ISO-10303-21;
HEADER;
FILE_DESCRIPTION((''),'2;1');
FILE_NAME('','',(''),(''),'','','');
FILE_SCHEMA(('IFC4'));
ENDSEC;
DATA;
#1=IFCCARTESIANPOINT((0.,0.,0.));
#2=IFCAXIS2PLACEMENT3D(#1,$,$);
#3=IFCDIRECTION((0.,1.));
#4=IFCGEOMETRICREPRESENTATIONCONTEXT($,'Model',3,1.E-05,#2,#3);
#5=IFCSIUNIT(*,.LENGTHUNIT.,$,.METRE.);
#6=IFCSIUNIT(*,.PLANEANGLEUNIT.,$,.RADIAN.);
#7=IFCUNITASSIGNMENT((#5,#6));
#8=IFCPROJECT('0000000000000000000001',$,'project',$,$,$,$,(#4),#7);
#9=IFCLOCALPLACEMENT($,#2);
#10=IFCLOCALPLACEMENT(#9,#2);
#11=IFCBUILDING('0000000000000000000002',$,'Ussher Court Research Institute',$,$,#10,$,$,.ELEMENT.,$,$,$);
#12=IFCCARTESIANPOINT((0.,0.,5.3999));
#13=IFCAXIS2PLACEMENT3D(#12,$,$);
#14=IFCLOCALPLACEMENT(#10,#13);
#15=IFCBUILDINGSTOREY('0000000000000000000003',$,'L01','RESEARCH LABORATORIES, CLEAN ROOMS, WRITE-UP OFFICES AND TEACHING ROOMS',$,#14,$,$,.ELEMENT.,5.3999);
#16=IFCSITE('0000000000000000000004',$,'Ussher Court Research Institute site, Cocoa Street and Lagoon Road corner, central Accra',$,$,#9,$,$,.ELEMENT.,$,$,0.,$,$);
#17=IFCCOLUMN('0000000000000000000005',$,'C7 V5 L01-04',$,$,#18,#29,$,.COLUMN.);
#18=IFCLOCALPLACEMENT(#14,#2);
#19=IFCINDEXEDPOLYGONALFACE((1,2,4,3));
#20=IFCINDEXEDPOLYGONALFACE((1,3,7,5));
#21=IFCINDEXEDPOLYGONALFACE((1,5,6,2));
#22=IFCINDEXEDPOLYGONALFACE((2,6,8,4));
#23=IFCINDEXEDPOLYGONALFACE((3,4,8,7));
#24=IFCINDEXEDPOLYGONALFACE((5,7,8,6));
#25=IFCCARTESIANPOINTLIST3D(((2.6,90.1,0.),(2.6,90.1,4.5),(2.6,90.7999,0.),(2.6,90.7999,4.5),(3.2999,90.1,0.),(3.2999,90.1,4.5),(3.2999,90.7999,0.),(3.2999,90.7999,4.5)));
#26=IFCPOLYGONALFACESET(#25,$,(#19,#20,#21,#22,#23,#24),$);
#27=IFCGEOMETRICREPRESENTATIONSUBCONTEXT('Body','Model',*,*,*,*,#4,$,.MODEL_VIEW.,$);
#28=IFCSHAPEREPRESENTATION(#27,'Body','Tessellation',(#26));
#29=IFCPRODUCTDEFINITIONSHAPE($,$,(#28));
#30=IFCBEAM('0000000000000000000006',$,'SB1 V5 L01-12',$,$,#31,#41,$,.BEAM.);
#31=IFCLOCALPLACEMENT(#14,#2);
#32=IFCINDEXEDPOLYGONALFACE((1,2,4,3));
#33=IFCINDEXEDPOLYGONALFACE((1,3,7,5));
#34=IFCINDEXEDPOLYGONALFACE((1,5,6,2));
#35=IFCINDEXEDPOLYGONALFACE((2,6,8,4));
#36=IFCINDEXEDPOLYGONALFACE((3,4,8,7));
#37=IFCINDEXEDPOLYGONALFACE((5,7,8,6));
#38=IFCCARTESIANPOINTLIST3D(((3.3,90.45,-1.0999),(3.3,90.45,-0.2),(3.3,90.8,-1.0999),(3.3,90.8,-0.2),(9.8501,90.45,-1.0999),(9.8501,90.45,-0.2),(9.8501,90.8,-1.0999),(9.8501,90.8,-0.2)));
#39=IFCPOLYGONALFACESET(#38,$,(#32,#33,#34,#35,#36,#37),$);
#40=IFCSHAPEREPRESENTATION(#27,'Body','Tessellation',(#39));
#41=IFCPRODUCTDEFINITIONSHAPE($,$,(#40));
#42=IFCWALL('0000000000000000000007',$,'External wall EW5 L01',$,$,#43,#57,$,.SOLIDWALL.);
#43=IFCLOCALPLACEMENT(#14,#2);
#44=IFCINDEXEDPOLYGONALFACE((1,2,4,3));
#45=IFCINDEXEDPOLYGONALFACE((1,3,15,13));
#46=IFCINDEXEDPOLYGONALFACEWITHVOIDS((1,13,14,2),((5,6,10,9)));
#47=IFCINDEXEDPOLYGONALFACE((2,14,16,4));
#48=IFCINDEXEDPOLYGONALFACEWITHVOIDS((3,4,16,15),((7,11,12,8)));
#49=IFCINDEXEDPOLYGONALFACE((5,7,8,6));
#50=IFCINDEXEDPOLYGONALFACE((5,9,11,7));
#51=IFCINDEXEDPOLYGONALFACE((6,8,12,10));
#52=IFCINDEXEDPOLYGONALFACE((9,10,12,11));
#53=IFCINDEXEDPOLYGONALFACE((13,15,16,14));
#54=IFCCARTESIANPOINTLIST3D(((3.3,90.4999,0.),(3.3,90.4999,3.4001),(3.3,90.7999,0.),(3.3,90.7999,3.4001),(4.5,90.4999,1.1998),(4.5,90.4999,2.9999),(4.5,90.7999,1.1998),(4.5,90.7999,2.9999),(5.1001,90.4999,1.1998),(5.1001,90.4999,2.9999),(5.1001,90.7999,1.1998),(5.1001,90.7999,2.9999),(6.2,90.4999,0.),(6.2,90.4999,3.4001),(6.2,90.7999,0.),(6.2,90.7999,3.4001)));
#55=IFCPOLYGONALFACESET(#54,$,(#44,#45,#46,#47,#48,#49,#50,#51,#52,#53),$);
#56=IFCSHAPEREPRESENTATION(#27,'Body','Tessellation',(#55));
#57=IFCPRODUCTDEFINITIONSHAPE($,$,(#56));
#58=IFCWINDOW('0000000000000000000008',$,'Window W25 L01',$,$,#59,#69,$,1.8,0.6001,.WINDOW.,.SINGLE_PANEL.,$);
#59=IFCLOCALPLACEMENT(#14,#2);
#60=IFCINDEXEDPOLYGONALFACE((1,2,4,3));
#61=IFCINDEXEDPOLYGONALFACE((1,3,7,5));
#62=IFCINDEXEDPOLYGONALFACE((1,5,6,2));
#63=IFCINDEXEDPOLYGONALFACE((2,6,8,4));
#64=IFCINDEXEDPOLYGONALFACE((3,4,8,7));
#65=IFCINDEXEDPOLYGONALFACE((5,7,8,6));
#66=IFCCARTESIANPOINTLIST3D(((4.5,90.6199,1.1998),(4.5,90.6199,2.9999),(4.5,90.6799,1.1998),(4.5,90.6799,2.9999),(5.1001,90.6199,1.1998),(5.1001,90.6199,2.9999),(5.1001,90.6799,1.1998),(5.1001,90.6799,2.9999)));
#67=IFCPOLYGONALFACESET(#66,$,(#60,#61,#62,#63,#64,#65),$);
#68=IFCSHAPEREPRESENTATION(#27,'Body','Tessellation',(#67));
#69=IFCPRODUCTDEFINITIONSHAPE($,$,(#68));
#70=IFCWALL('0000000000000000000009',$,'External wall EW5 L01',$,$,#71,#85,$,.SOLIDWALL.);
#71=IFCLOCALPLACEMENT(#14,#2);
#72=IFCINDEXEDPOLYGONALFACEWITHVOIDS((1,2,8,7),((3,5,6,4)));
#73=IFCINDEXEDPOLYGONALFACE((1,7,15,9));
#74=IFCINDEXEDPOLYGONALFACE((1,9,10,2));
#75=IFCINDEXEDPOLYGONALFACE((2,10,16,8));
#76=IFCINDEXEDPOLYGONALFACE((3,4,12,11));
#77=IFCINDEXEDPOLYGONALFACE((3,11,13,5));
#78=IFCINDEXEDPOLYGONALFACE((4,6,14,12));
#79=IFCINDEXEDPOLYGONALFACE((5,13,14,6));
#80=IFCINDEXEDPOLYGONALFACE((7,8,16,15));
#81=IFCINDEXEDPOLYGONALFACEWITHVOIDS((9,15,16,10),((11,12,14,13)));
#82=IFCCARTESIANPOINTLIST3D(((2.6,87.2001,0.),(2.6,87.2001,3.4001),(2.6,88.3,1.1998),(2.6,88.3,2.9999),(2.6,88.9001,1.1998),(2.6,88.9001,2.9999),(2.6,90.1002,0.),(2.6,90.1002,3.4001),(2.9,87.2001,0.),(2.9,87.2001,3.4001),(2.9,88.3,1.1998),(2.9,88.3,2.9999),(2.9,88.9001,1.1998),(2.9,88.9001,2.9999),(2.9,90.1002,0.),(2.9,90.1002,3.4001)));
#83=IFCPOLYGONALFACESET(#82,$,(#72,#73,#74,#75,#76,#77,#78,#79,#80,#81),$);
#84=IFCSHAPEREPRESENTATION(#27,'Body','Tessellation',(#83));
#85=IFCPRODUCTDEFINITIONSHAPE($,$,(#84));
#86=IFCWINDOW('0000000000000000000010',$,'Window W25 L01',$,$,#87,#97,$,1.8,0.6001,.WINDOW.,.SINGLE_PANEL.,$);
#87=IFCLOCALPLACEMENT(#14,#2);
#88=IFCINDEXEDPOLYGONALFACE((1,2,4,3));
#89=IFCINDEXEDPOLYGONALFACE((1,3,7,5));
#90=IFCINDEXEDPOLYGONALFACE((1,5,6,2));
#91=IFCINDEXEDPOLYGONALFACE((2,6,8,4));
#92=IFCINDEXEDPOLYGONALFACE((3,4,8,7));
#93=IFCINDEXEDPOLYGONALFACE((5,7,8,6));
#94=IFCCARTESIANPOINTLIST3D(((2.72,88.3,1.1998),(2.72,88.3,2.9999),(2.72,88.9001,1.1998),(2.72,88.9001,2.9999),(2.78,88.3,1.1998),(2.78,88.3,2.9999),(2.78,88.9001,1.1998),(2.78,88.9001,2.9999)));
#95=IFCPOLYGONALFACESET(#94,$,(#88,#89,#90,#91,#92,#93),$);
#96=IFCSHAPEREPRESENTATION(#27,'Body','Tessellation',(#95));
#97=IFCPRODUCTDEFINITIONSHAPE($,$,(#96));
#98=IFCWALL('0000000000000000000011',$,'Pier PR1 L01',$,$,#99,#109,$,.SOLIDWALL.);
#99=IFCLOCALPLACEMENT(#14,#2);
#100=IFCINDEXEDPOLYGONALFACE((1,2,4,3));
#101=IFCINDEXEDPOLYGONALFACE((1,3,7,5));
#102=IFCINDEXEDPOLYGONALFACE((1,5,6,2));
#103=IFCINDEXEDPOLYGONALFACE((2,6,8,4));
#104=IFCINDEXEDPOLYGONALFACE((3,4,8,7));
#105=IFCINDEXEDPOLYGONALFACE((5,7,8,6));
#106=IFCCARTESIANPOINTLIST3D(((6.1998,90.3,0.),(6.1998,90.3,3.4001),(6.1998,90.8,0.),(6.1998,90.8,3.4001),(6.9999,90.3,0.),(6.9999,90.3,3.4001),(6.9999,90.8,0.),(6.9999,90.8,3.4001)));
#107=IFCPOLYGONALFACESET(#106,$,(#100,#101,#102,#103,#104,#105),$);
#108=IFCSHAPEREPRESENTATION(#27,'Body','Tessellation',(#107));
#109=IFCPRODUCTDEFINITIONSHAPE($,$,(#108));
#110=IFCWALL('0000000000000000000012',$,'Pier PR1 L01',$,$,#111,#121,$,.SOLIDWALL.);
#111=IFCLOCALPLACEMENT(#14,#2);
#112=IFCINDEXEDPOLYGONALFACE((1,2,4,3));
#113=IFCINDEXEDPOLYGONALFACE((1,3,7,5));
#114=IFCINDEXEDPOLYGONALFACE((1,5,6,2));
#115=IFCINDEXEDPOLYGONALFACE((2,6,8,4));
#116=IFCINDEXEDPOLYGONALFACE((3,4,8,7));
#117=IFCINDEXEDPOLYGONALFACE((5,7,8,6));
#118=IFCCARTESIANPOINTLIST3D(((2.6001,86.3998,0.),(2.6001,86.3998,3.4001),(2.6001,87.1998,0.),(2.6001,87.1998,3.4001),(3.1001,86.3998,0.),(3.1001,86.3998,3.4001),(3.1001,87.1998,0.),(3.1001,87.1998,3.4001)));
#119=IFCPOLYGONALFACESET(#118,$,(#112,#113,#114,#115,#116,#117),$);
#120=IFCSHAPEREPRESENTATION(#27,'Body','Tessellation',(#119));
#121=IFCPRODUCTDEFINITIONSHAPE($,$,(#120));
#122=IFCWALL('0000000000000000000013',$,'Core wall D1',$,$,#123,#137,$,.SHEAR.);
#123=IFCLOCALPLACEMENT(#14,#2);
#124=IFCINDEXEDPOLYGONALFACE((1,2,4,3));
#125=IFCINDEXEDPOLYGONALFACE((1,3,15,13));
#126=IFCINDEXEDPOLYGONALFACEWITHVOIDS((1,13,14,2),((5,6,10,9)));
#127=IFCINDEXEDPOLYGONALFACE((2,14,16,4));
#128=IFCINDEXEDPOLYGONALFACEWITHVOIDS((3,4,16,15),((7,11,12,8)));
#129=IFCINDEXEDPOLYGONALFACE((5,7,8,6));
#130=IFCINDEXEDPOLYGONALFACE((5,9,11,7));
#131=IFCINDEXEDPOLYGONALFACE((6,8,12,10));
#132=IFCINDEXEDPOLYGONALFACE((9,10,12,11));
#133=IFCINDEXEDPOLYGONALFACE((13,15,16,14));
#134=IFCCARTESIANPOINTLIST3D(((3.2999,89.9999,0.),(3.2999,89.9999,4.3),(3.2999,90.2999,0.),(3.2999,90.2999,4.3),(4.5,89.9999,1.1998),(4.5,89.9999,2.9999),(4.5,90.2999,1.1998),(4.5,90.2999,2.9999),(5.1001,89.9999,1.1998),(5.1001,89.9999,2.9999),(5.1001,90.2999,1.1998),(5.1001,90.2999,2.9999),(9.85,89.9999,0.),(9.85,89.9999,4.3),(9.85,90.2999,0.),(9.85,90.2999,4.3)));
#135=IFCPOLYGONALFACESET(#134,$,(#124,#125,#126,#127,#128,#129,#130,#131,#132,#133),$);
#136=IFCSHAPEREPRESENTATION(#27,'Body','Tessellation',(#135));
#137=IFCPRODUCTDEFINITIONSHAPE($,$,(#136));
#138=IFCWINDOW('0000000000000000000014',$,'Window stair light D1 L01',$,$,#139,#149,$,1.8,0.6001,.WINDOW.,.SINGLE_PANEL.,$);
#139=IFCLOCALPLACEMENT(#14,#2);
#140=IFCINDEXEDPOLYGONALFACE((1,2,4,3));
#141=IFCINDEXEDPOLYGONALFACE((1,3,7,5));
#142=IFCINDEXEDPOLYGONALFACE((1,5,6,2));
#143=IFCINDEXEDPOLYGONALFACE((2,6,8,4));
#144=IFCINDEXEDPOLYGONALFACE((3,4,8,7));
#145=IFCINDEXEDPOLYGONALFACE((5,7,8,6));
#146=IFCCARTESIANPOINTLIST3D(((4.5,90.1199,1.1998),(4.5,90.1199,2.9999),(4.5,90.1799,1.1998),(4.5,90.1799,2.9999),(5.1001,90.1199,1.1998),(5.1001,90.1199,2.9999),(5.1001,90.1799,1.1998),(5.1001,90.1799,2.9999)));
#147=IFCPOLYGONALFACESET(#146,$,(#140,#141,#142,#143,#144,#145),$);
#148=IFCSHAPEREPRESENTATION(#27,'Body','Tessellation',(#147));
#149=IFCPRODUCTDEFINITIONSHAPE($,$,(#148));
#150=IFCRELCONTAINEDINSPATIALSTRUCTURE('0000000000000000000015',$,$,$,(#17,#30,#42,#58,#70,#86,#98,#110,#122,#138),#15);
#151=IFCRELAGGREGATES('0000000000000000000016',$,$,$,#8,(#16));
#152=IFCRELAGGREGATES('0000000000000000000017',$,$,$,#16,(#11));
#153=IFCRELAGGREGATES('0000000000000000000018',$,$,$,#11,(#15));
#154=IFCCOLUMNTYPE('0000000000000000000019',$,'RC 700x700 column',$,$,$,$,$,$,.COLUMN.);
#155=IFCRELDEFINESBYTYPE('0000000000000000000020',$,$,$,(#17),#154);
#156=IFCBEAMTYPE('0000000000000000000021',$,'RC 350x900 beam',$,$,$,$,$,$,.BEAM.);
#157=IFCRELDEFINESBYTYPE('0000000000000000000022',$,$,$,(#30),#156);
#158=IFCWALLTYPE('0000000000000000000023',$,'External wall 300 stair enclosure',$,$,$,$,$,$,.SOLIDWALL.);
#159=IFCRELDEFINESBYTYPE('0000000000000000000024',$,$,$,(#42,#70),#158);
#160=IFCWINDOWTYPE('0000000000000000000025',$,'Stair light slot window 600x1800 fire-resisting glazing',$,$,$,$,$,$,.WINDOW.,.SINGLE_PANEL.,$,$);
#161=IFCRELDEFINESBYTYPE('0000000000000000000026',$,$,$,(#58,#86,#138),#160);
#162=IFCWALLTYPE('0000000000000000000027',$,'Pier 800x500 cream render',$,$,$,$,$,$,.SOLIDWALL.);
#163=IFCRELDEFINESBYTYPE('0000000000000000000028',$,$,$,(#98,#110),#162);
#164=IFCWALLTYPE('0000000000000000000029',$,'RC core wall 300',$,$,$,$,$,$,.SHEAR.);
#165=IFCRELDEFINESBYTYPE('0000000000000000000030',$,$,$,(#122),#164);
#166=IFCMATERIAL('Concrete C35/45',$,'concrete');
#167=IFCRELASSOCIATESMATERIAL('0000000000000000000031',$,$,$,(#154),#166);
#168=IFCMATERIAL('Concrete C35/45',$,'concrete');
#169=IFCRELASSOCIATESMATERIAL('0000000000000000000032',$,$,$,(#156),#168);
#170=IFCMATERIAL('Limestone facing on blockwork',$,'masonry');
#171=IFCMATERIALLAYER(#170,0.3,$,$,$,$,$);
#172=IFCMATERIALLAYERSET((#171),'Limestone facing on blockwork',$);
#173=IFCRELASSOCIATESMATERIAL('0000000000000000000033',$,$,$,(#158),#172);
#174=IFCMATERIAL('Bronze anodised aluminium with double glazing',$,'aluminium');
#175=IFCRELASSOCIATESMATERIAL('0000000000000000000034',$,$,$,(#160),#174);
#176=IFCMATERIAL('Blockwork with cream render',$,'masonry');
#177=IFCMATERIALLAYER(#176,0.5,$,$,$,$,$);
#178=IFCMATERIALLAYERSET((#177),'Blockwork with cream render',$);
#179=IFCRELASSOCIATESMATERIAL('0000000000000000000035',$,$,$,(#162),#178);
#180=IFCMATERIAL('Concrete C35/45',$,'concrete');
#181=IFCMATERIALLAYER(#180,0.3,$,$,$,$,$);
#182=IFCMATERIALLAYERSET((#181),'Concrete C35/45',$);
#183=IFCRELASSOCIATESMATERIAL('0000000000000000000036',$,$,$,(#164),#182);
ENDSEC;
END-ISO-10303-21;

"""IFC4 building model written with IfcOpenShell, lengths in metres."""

from ifc_helpers import new_model, si_unit, direction, frame, frame_2d, origin, origin_2d, place, context, subcontext, project, spatial, rectangle, extrude, material, layer, layer_set, material_profile, profile_set, type_object, element, fill, save


model = new_model("IFC4")

# Units and contexts
model_context = context("Model", 3, precision=1e-05, world=origin(), true_north=direction((0.0, 1.0)))
body_context = subcontext(model_context, "Body", "Model", "MODEL_VIEW")
ifc_project = project(units=[si_unit("LENGTHUNIT", "METRE"), si_unit("PLANEANGLEUNIT", "RADIAN")], contexts=[model_context])

# Site, building, storey
site_placement = place(None, origin())
site = spatial("IfcSite", under=ifc_project, at=site_placement, Name="Ussher Court Research Institute site, Cocoa Street and Lagoon Road corner, central Accra", CompositionType="ELEMENT", RefElevation=0.0)
building_placement = place(site_placement, origin())
building = spatial("IfcBuilding", under=site, at=building_placement, Name="Ussher Court Research Institute", CompositionType="ELEMENT")
storey_placement = place(building_placement, frame((0.0, 0.0, 5.3999)))
storey = spatial("IfcBuildingStorey", under=building, at=storey_placement, Name="L01", Description="RESEARCH LABORATORIES, CLEAN ROOMS, WRITE-UP OFFICES AND TEACHING ROOMS", CompositionType="ELEMENT", Elevation=5.3999)

# Column
ifc_material_1 = material(Name="Concrete C35/45", Category="concrete")
ifc_material_profile_1 = material_profile(ifc_material_1, rectangle(XDim=0.7, YDim=0.7, at=origin_2d()), Name="RC 700x700")
ifc_profile_set_1 = profile_set([ifc_material_profile_1], Name="Concrete C35/45")
column_type = type_object("IfcColumnType", Name="RC 700x700 column", PredefinedType="COLUMN", material=ifc_profile_set_1)
column_placement = place(storey_placement, frame((2.95, 90.45, 0.0), z_axis=(0.0, 0.0, 1.0), x_axis=(1.0, 0.0, 0.0)))
element("IfcColumn", 1, at=column_placement, inside=storey, type_object=column_type, Name="C7 V5 L01-04", PredefinedType="COLUMN", context=body_context, shape_type="SweptSolid", body=[
    extrude(rectangle(XDim=0.7, YDim=0.7, at=origin_2d()), origin(), (0.0, 0.0, 1.0), 4.5),
])

# Beam
ifc_material_2 = material(Name="Concrete C35/45", Category="concrete")
ifc_material_profile_2 = material_profile(ifc_material_2, rectangle(XDim=0.3501, YDim=0.8999, at=origin_2d()), Name="RC 350x900")
ifc_profile_set_2 = profile_set([ifc_material_profile_2], Name="Concrete C35/45")
beam_type = type_object("IfcBeamType", Name="RC 350x900 beam", PredefinedType="BEAM", material=ifc_profile_set_2)
beam_placement = place(storey_placement, frame((3.3, 90.625, -0.6499), z_axis=(1.0, 0.0, 0.0), x_axis=(0.0, 1.0, 0.0)))
element("IfcBeam", 2, at=beam_placement, inside=storey, type_object=beam_type, Name="SB1 V5 L01-12", PredefinedType="BEAM", context=body_context, shape_type="SweptSolid", body=[
    extrude(rectangle(XDim=0.3501, YDim=0.8999, at=origin_2d()), origin(), (0.0, 0.0, 1.0), 6.55),
])

# Walls, openings, windows
ifc_material_3 = material(Name="Limestone facing on blockwork", Category="masonry")
ifc_layer_1 = layer(ifc_material_3, 0.3)
ifc_layer_set_1 = layer_set([ifc_layer_1], Name="Limestone facing on blockwork")
wall_type_1 = type_object("IfcWallType", Name="External wall 300 stair enclosure", PredefinedType="SOLIDWALL", material=ifc_layer_set_1)
wall_1_placement = place(storey_placement, frame((3.3, 90.6499, 0.0), z_axis=(0.0, 0.0, 1.0), x_axis=(1.0, 0.0, 0.0)))
wall_1 = element("IfcWall", 3, at=wall_1_placement, inside=storey, type_object=wall_type_1, Name="External wall EW5 L01", PredefinedType="SOLIDWALL", context=body_context, shape_type="SweptSolid", body=[
    extrude(rectangle(XDim=2.8999, YDim=0.3, at=frame_2d((1.45, 0.0))), origin(), (0.0, 0.0, 1.0), 3.4001),
])
opening_1_placement = place(wall_1_placement, frame((1.2, 0.0, 1.2)))
opening_1 = element("IfcOpeningElement", 4, at=opening_1_placement, cuts=wall_1, PredefinedType="OPENING", context=body_context, shape_type="SweptSolid", body=[
    extrude(rectangle(XDim=0.6001, YDim=1.8, at=frame_2d((0.3, 0.8999))), frame((0.0, 0.1602, 0.0), z_axis=(0.0, -1.0, 0.0), x_axis=(1.0, 0.0, 0.0)), (0.0, 0.0, 1.0), 0.3201),
])
ifc_material_4 = material(Name="Bronze anodised aluminium with double glazing", Category="aluminium")
window_type = type_object("IfcWindowType", Name="Stair light slot window 600x1800 fire-resisting glazing", PartitioningType="SINGLE_PANEL", PredefinedType="WINDOW", material=ifc_material_4)
window_1_placement = place(opening_1_placement, origin())
window_1 = element("IfcWindow", 5, at=window_1_placement, inside=storey, type_object=window_type, Name="Window W25 L01", OverallHeight=1.8, OverallWidth=0.6001, PartitioningType="SINGLE_PANEL", PredefinedType="WINDOW", context=body_context, shape_type="SweptSolid", body=[
    extrude(rectangle(XDim=0.6001, YDim=1.8, at=frame_2d((0.3, 0.8999))), frame((0.0, 0.03, 0.0), z_axis=(0.0, -1.0, 0.0), x_axis=(1.0, 0.0, 0.0)), (0.0, 0.0, 1.0), 0.0601),
])
fill(opening_1, window_1)
wall_2_placement = place(storey_placement, frame((2.75, 87.2, 0.0), z_axis=(0.0, 0.0, 1.0), x_axis=(0.0, 1.0, 0.0)))
wall_2 = element("IfcWall", 6, at=wall_2_placement, inside=storey, type_object=wall_type_1, Name="External wall EW5 L01", PredefinedType="SOLIDWALL", context=body_context, shape_type="SweptSolid", body=[
    extrude(rectangle(XDim=2.9001, YDim=0.3, at=frame_2d((1.4502, 0.0))), origin(), (0.0, 0.0, 1.0), 3.4001),
])
opening_2_placement = place(wall_2_placement, frame((1.1001, 0.0, 1.2)))
opening_2 = element("IfcOpeningElement", 7, at=opening_2_placement, cuts=wall_2, PredefinedType="OPENING", context=body_context, shape_type="SweptSolid", body=[
    extrude(rectangle(XDim=0.6001, YDim=1.8, at=frame_2d((0.3, 0.8999))), frame((0.0, 0.1602, 0.0), z_axis=(0.0, -1.0, 0.0), x_axis=(1.0, 0.0, 0.0)), (0.0, 0.0, 1.0), 0.3201),
])
window_2_placement = place(opening_2_placement, origin())
window_2 = element("IfcWindow", 8, at=window_2_placement, inside=storey, type_object=window_type, Name="Window W25 L01", OverallHeight=1.8, OverallWidth=0.6001, PartitioningType="SINGLE_PANEL", PredefinedType="WINDOW", context=body_context, shape_type="SweptSolid", body=[
    extrude(rectangle(XDim=0.6001, YDim=1.8, at=frame_2d((0.3, 0.8999))), frame((0.0, 0.03, 0.0), z_axis=(0.0, -1.0, 0.0), x_axis=(1.0, 0.0, 0.0)), (0.0, 0.0, 1.0), 0.0601),
])
fill(opening_2, window_2)

# Walls
ifc_material_5 = material(Name="Blockwork with cream render", Category="masonry")
ifc_layer_2 = layer(ifc_material_5, 0.5)
ifc_layer_set_2 = layer_set([ifc_layer_2], Name="Blockwork with cream render")
wall_type_2 = type_object("IfcWallType", Name="Pier 800x500 cream render", PredefinedType="SOLIDWALL", material=ifc_layer_set_2)
for number, where, z_axis, x_axis, name in (
    (9, (6.2, 90.55, 0.0), (0.0, 0.0, 1.0), (1.0, 0.0, 0.0), "Pier PR1 L01"),
    (10, (2.8501, 86.3999, 0.0), (0.0, 0.0, 1.0), (0.0, 1.0, 0.0), "Pier PR1 L01"),
):
    element("IfcWall", number, at=place(storey_placement, frame(where, z_axis=z_axis, x_axis=x_axis)), inside=storey, type_object=wall_type_2, Name=name, PredefinedType="SOLIDWALL", context=body_context, shape_type="SweptSolid", body=[
        extrude(rectangle(XDim=0.8, YDim=0.5, at=frame_2d((0.3999, 0.0))), origin(), (0.0, 0.0, 1.0), 3.4001),
    ])

# Wall, opening, window
ifc_material_6 = material(Name="Concrete C35/45", Category="concrete")
ifc_layer_3 = layer(ifc_material_6, 0.3)
ifc_layer_set_3 = layer_set([ifc_layer_3], Name="Concrete C35/45")
wall_type_3 = type_object("IfcWallType", Name="RC core wall 300", PredefinedType="SHEAR", material=ifc_layer_set_3)
wall_3_placement = place(storey_placement, frame((3.3, 90.1499, 0.0), z_axis=(0.0, 0.0, 1.0), x_axis=(1.0, 0.0, 0.0)))
wall_3 = element("IfcWall", 11, at=wall_3_placement, inside=storey, type_object=wall_type_3, Name="Core wall D1", PredefinedType="SHEAR", context=body_context, shape_type="SweptSolid", body=[
    extrude(rectangle(XDim=6.55, YDim=0.3, at=frame_2d((3.2749, 0.0))), origin(), (0.0, 0.0, 1.0), 4.3),
])
opening_3_placement = place(wall_3_placement, frame((1.2, 0.0, 1.2)))
opening_3 = element("IfcOpeningElement", 12, at=opening_3_placement, cuts=wall_3, PredefinedType="OPENING", context=body_context, shape_type="SweptSolid", body=[
    extrude(rectangle(XDim=0.6001, YDim=1.8, at=frame_2d((0.3, 0.8999))), frame((0.0, 0.1602, 0.0), z_axis=(0.0, -1.0, 0.0), x_axis=(1.0, 0.0, 0.0)), (0.0, 0.0, 1.0), 0.3201),
])
window_3_placement = place(opening_3_placement, origin())
window_3 = element("IfcWindow", 13, at=window_3_placement, inside=storey, type_object=window_type, Name="Window stair light D1 L01", OverallHeight=1.8, OverallWidth=0.6001, PartitioningType="SINGLE_PANEL", PredefinedType="WINDOW", context=body_context, shape_type="SweptSolid", body=[
    extrude(rectangle(XDim=0.6001, YDim=1.8, at=frame_2d((0.3, 0.8999))), frame((0.0, 0.03, 0.0), z_axis=(0.0, -1.0, 0.0), x_axis=(1.0, 0.0, 0.0)), (0.0, 0.0, 1.0), 0.0601),
])
fill(opening_3, window_3)

save(model, "model.ifc")
